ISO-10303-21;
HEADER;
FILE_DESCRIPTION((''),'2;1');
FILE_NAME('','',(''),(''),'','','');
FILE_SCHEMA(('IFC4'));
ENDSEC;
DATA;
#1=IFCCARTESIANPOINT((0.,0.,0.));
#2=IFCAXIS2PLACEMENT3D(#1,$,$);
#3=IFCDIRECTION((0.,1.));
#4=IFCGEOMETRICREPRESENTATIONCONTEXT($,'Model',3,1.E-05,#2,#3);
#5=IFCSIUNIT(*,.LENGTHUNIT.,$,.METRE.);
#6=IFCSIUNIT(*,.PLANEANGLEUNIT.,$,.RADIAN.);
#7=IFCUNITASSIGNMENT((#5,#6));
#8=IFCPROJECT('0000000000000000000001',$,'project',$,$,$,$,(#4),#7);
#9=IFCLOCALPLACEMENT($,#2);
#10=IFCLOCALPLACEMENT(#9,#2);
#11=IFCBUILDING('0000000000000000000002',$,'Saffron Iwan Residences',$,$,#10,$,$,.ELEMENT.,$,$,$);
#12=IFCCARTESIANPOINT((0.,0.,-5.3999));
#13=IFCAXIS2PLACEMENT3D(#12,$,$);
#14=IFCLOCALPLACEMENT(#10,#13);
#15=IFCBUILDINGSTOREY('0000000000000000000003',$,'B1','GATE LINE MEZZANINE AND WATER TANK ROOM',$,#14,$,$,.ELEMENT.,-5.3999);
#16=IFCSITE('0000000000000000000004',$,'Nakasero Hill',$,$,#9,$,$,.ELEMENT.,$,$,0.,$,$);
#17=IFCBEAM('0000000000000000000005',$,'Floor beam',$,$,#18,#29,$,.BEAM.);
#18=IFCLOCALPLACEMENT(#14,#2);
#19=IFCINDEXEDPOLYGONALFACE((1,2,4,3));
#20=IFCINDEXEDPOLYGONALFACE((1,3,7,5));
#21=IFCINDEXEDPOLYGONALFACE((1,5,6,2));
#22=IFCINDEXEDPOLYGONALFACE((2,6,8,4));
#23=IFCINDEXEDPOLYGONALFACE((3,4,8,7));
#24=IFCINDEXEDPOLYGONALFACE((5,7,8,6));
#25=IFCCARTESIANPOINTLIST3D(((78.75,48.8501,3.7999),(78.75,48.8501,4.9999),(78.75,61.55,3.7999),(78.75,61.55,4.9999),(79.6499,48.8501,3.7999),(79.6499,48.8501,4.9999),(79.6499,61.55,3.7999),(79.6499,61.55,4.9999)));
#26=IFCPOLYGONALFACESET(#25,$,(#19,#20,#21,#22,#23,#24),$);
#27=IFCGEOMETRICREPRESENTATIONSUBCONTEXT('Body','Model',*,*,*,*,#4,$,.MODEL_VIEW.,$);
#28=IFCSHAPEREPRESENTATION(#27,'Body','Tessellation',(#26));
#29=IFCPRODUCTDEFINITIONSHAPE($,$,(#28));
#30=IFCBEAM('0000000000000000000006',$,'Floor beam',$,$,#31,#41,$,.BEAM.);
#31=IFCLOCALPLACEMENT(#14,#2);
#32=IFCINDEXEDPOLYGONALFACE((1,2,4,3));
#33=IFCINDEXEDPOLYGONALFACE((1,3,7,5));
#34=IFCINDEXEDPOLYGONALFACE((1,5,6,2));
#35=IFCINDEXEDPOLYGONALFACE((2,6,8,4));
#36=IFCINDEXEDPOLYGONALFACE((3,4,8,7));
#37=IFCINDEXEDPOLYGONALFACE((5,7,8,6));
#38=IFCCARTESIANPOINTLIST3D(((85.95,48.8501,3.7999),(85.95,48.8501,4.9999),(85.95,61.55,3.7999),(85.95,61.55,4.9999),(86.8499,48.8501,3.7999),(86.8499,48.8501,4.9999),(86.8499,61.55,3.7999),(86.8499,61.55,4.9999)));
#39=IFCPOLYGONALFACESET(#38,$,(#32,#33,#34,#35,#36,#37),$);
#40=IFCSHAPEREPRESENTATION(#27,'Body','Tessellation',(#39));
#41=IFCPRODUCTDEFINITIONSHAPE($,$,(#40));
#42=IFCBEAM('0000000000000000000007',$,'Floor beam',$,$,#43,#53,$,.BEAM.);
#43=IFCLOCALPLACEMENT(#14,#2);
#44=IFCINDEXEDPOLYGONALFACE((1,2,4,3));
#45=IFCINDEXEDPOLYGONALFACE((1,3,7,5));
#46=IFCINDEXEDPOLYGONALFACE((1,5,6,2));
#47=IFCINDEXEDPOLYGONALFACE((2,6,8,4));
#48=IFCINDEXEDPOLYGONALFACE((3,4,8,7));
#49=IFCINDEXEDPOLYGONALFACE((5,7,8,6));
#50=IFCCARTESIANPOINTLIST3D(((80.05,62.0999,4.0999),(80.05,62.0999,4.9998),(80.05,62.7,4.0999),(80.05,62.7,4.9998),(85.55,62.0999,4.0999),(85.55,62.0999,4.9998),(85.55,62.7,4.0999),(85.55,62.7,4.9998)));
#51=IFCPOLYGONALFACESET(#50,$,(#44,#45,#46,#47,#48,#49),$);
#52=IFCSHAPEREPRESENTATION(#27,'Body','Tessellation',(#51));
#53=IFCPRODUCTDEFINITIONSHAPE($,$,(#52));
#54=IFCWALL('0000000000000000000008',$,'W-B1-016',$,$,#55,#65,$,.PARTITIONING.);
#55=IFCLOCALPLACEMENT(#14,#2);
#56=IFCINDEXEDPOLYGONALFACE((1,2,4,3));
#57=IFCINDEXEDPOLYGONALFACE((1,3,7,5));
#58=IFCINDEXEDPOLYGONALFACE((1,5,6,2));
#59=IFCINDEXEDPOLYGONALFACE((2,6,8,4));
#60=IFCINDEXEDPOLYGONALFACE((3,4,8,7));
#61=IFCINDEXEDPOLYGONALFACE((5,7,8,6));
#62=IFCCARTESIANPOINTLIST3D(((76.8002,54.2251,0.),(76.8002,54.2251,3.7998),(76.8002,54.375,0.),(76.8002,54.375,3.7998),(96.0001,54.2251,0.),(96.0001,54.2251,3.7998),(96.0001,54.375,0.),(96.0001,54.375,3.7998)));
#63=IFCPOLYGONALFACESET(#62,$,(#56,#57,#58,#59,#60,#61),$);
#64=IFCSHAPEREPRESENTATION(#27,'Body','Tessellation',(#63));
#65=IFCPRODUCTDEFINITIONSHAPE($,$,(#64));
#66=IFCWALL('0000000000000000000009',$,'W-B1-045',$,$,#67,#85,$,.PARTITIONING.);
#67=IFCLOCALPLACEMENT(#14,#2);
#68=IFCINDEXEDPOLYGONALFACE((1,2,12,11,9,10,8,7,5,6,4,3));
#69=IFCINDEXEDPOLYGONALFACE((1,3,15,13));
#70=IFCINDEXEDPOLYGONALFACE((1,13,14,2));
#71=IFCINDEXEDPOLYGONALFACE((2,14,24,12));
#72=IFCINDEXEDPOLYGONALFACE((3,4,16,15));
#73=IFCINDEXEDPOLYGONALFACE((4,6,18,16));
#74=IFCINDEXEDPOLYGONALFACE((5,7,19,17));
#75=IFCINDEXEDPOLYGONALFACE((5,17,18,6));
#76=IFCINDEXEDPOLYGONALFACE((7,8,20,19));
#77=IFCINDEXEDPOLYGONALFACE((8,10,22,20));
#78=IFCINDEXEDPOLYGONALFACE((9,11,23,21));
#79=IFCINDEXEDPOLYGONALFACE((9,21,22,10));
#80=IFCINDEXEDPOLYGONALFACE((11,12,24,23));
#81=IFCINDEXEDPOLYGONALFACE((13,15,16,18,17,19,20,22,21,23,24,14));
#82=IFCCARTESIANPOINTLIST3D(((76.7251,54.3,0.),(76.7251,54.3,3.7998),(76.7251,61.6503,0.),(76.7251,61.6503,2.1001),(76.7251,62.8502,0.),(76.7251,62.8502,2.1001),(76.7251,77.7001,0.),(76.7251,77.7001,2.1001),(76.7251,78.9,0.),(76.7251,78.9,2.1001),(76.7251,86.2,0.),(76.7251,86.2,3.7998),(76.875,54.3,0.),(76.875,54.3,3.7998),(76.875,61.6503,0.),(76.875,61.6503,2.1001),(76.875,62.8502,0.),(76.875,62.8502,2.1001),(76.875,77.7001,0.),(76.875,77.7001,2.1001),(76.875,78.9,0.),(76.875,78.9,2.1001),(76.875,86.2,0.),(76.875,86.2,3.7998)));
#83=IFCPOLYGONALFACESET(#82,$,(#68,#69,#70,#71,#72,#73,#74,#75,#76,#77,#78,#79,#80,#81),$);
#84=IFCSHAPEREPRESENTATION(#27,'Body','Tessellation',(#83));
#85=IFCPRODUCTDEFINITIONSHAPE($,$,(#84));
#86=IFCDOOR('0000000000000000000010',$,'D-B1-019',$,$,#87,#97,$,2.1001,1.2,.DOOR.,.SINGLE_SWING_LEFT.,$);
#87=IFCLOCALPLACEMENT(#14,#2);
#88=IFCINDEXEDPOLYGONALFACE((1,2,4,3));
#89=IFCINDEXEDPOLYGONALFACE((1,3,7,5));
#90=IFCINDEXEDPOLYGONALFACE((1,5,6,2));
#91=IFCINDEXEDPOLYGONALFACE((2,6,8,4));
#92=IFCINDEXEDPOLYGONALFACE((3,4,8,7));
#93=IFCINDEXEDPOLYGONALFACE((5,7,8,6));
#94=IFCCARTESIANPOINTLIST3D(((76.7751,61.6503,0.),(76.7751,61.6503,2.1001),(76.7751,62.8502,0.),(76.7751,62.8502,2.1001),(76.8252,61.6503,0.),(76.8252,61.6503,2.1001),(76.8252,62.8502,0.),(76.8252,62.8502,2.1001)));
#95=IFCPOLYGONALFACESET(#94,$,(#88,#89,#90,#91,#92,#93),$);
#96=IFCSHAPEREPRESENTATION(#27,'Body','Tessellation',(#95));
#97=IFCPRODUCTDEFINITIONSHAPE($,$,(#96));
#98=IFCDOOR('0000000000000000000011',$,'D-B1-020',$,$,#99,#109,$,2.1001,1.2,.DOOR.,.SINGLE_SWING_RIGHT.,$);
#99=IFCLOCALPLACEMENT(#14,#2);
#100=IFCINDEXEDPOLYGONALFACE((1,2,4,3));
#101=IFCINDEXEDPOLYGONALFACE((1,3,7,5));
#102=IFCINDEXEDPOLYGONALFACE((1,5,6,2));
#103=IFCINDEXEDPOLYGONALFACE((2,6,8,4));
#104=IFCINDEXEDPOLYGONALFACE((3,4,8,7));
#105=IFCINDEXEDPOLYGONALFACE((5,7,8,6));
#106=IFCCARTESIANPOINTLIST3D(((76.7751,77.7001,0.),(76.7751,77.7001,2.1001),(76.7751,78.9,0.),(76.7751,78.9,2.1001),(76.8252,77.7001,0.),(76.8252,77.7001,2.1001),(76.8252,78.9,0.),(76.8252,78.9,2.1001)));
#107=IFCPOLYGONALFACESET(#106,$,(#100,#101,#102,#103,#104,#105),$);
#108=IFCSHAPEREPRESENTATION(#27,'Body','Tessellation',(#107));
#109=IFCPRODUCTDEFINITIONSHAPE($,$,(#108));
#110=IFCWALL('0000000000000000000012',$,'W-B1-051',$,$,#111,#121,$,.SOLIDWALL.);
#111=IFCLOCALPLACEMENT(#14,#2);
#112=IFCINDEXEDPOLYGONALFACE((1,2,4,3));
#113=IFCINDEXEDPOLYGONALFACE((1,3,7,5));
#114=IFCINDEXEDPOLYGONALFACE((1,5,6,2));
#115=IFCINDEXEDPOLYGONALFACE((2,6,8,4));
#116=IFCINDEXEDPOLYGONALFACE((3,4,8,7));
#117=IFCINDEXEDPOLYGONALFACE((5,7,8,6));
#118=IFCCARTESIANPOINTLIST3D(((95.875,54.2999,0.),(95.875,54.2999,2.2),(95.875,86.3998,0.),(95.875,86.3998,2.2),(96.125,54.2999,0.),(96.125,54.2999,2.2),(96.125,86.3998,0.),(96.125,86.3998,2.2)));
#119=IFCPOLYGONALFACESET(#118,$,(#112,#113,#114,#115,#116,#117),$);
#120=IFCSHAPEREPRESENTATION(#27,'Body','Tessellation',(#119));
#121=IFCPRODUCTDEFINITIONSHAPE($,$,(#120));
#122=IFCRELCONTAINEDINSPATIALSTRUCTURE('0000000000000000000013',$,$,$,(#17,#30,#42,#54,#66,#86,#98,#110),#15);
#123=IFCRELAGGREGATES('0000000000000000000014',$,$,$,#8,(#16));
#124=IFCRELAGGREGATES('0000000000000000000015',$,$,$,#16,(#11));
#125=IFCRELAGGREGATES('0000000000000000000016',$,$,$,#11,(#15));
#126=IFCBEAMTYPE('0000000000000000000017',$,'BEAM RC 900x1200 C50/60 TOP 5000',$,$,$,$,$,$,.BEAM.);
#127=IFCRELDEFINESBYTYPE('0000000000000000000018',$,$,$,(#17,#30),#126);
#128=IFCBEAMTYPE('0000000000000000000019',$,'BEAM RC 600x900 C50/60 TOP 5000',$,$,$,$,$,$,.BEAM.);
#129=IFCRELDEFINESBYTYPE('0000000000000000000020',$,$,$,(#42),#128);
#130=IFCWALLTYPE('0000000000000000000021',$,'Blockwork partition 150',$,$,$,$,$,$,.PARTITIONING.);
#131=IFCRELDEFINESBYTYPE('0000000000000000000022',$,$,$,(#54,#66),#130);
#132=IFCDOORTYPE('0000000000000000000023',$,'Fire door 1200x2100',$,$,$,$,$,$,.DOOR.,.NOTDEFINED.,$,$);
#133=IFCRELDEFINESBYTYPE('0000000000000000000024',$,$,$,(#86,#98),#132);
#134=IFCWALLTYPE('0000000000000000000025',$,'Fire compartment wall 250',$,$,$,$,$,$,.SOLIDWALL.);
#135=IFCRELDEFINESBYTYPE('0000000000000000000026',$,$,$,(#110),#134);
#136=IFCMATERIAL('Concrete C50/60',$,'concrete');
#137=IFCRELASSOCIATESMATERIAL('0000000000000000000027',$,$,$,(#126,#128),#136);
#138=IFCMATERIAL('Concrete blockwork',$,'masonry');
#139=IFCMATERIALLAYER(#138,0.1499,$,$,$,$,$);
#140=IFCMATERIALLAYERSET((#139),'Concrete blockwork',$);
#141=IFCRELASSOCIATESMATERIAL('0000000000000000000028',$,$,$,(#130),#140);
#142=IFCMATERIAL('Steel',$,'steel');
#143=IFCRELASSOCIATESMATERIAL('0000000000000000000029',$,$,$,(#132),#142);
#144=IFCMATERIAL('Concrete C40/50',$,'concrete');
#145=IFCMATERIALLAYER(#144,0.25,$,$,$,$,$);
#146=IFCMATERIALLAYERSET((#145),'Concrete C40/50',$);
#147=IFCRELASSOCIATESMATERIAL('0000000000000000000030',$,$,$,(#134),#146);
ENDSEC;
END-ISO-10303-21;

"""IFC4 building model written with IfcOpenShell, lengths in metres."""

from ifc_helpers import new_model, si_unit, direction, frame, frame_2d, origin, origin_2d, place, context, subcontext, project, spatial, rectangle, extrude, source, transform, mapped, material, layer, layer_set, material_profile, profile_set, type_object, element, fill, save


model = new_model("IFC4")

# Units and contexts
model_context = context("Model", 3, precision=1e-05, world=origin(), true_north=direction((0.0, 1.0)))
body_context = subcontext(model_context, "Body", "Model", "MODEL_VIEW")
ifc_project = project(units=[si_unit("LENGTHUNIT", "METRE"), si_unit("PLANEANGLEUNIT", "RADIAN")], contexts=[model_context])

# Site, building, storey
site_placement = place(None, origin())
site = spatial("IfcSite", under=ifc_project, at=site_placement, Name="Nakasero Hill", CompositionType="ELEMENT", RefElevation=0.0)
building_placement = place(site_placement, origin())
building = spatial("IfcBuilding", under=site, at=building_placement, Name="Saffron Iwan Residences", CompositionType="ELEMENT")
storey_placement = place(building_placement, frame((0.0, 0.0, -5.3999)))
storey = spatial("IfcBuildingStorey", under=building, at=storey_placement, Name="B1", Description="GATE LINE MEZZANINE AND WATER TANK ROOM", CompositionType="ELEMENT", Elevation=-5.3999)

# Shared definitions
ifc_material_1 = material(Name="Concrete C40/50", Category="concrete")

# Shared definitions
ifc_material_2 = material(Name="Concrete C50/60", Category="concrete")

# Beams
ifc_material_profile_1 = material_profile(ifc_material_2, rectangle(XDim=0.8999, YDim=1.2, at=origin_2d()), Name="RC 900x1200")
ifc_profile_set_1 = profile_set([ifc_material_profile_1], Name="Concrete C50/60")
beam_type_1 = type_object("IfcBeamType", Name="BEAM RC 900x1200 C50/60 TOP 5000", PredefinedType="BEAM", material=ifc_profile_set_1)
shared_shape_1 = source(origin(), body_context, "Body", "SweptSolid", [
    extrude(rectangle(XDim=0.8999, YDim=1.2, at=origin_2d()), origin(), (0.0, 0.0, 1.0), 12.7),
])
for number, where, z_axis, x_axis, name in (
    (1, (79.2, 48.8501, 4.3999), (0.0, 1.0, 0.0), (-1.0, 0.0, 0.0), "Floor beam"),
    (2, (86.3999, 48.8501, 4.3999), (0.0, 1.0, 0.0), (-1.0, 0.0, 0.0), "Floor beam"),
):
    element("IfcBeam", number, at=place(storey_placement, frame(where, z_axis=z_axis, x_axis=x_axis)), inside=storey, type_object=beam_type_1, Name=name, PredefinedType="BEAM", context=body_context, shape_type="MappedRepresentation", body=[
        mapped(shared_shape_1, transform((0.0, 0.0, 0.0))),
    ])
ifc_material_profile_2 = material_profile(ifc_material_2, rectangle(XDim=0.6001, YDim=0.8999, at=origin_2d()), Name="RC 600x900")
ifc_profile_set_2 = profile_set([ifc_material_profile_2], Name="Concrete C50/60")
beam_type_2 = type_object("IfcBeamType", Name="BEAM RC 600x900 C50/60 TOP 5000", PredefinedType="BEAM", material=ifc_profile_set_2)
shared_shape_2 = source(origin(), body_context, "Body", "SweptSolid", [
    extrude(rectangle(XDim=0.6001, YDim=0.8999, at=origin_2d()), origin(), (0.0, 0.0, 1.0), 5.5),
])
beam_placement = place(storey_placement, frame((80.05, 62.3999, 4.5498), z_axis=(1.0, 0.0, 0.0), x_axis=(0.0, 1.0, 0.0)))
element("IfcBeam", 3, at=beam_placement, inside=storey, type_object=beam_type_2, Name="Floor beam", PredefinedType="BEAM", context=body_context, shape_type="MappedRepresentation", body=[
    mapped(shared_shape_2, transform((0.0, 0.0, 0.0))),
])

# Wall
ifc_material_3 = material(Name="Concrete blockwork", Category="masonry")
ifc_layer_1 = layer(ifc_material_3, 0.1499)
ifc_layer_set_1 = layer_set([ifc_layer_1], Name="Concrete blockwork")
wall_type_1 = type_object("IfcWallType", Name="Blockwork partition 150", PredefinedType="PARTITIONING", material=ifc_layer_set_1)
wall_1_placement = place(storey_placement, frame((76.8, 54.3, 0.0), z_axis=(0.0, 0.0, 1.0), x_axis=(1.0, 0.0, 0.0)))
element("IfcWall", 4, at=wall_1_placement, inside=storey, type_object=wall_type_1, Name="W-B1-016", PredefinedType="PARTITIONING", context=body_context, shape_type="SweptSolid", body=[
    extrude(rectangle(XDim=19.2, YDim=0.1499, at=frame_2d((9.6001, 0.0))), origin(), (0.0, 0.0, 1.0), 3.7998),
])

# Wall, openings, doors
wall_2_placement = place(storey_placement, frame((76.8, 54.3, 0.0), z_axis=(0.0, 0.0, 1.0), x_axis=(0.0, 1.0, 0.0)))
wall_2 = element("IfcWall", 5, at=wall_2_placement, inside=storey, type_object=wall_type_1, Name="W-B1-045", PredefinedType="PARTITIONING", context=body_context, shape_type="SweptSolid", body=[
    extrude(rectangle(XDim=31.8999, YDim=0.1499, at=frame_2d((15.95, 0.0))), origin(), (0.0, 0.0, 1.0), 3.7998),
])
opening_1_placement = place(wall_2_placement, frame((7.3501, 0.0, 0.0)))
opening_1 = element("IfcOpeningElement", 6, at=opening_1_placement, cuts=wall_2, PredefinedType="OPENING", context=body_context, shape_type="SweptSolid", body=[
    extrude(rectangle(XDim=1.2, YDim=2.1001, at=frame_2d((0.6001, 1.05))), frame((0.0, 0.085, 0.0), z_axis=(0.0, -1.0, 0.0), x_axis=(1.0, 0.0, 0.0)), (0.0, 0.0, 1.0), 0.1699),
])
opening_2_placement = place(wall_2_placement, frame((23.3999, 0.0, 0.0)))
opening_2 = element("IfcOpeningElement", 7, at=opening_2_placement, cuts=wall_2, PredefinedType="OPENING", context=body_context, shape_type="SweptSolid", body=[
    extrude(rectangle(XDim=1.2, YDim=2.1001, at=frame_2d((0.6001, 1.05))), frame((0.0, 0.085, 0.0), z_axis=(0.0, -1.0, 0.0), x_axis=(1.0, 0.0, 0.0)), (0.0, 0.0, 1.0), 0.1699),
])
ifc_material_4 = material(Name="Steel", Category="steel")
door_type = type_object("IfcDoorType", Name="Fire door 1200x2100", OperationType="NOTDEFINED", PredefinedType="DOOR", material=ifc_material_4)
door_1_placement = place(opening_1_placement, origin())
door_1 = element("IfcDoor", 8, at=door_1_placement, inside=storey, type_object=door_type, Name="D-B1-019", OperationType="SINGLE_SWING_LEFT", OverallHeight=2.1001, OverallWidth=1.2, PredefinedType="DOOR", context=body_context, shape_type="SweptSolid", body=[
    extrude(rectangle(XDim=1.2, YDim=2.1001, at=frame_2d((0.6001, 1.05))), frame((0.0, 0.0249, 0.0), z_axis=(0.0, -1.0, 0.0), x_axis=(1.0, 0.0, 0.0)), (0.0, 0.0, 1.0), 0.05),
])
fill(opening_1, door_1)
door_2_placement = place(opening_2_placement, origin())
door_2 = element("IfcDoor", 9, at=door_2_placement, inside=storey, type_object=door_type, Name="D-B1-020", OperationType="SINGLE_SWING_RIGHT", OverallHeight=2.1001, OverallWidth=1.2, PredefinedType="DOOR", context=body_context, shape_type="SweptSolid", body=[
    extrude(rectangle(XDim=1.2, YDim=2.1001, at=frame_2d((0.6001, 1.05))), frame((0.0, 0.0249, 0.0), z_axis=(0.0, -1.0, 0.0), x_axis=(1.0, 0.0, 0.0)), (0.0, 0.0, 1.0), 0.05),
])
fill(opening_2, door_2)

# Wall
ifc_layer_2 = layer(ifc_material_1, 0.25)
ifc_layer_set_2 = layer_set([ifc_layer_2], Name="Concrete C40/50")
wall_type_2 = type_object("IfcWallType", Name="Fire compartment wall 250", PredefinedType="SOLIDWALL", material=ifc_layer_set_2)
wall_3_placement = place(storey_placement, frame((96.0, 54.3, 0.0), z_axis=(0.0, 0.0, 1.0), x_axis=(0.0, 1.0, 0.0)))
element("IfcWall", 10, at=wall_3_placement, inside=storey, type_object=wall_type_2, Name="W-B1-051", PredefinedType="SOLIDWALL", context=body_context, shape_type="SweptSolid", body=[
    extrude(rectangle(XDim=32.0999, YDim=0.25, at=frame_2d((16.0498, 0.0))), origin(), (0.0, 0.0, 1.0), 2.2),
])

save(model, "model.ifc")
